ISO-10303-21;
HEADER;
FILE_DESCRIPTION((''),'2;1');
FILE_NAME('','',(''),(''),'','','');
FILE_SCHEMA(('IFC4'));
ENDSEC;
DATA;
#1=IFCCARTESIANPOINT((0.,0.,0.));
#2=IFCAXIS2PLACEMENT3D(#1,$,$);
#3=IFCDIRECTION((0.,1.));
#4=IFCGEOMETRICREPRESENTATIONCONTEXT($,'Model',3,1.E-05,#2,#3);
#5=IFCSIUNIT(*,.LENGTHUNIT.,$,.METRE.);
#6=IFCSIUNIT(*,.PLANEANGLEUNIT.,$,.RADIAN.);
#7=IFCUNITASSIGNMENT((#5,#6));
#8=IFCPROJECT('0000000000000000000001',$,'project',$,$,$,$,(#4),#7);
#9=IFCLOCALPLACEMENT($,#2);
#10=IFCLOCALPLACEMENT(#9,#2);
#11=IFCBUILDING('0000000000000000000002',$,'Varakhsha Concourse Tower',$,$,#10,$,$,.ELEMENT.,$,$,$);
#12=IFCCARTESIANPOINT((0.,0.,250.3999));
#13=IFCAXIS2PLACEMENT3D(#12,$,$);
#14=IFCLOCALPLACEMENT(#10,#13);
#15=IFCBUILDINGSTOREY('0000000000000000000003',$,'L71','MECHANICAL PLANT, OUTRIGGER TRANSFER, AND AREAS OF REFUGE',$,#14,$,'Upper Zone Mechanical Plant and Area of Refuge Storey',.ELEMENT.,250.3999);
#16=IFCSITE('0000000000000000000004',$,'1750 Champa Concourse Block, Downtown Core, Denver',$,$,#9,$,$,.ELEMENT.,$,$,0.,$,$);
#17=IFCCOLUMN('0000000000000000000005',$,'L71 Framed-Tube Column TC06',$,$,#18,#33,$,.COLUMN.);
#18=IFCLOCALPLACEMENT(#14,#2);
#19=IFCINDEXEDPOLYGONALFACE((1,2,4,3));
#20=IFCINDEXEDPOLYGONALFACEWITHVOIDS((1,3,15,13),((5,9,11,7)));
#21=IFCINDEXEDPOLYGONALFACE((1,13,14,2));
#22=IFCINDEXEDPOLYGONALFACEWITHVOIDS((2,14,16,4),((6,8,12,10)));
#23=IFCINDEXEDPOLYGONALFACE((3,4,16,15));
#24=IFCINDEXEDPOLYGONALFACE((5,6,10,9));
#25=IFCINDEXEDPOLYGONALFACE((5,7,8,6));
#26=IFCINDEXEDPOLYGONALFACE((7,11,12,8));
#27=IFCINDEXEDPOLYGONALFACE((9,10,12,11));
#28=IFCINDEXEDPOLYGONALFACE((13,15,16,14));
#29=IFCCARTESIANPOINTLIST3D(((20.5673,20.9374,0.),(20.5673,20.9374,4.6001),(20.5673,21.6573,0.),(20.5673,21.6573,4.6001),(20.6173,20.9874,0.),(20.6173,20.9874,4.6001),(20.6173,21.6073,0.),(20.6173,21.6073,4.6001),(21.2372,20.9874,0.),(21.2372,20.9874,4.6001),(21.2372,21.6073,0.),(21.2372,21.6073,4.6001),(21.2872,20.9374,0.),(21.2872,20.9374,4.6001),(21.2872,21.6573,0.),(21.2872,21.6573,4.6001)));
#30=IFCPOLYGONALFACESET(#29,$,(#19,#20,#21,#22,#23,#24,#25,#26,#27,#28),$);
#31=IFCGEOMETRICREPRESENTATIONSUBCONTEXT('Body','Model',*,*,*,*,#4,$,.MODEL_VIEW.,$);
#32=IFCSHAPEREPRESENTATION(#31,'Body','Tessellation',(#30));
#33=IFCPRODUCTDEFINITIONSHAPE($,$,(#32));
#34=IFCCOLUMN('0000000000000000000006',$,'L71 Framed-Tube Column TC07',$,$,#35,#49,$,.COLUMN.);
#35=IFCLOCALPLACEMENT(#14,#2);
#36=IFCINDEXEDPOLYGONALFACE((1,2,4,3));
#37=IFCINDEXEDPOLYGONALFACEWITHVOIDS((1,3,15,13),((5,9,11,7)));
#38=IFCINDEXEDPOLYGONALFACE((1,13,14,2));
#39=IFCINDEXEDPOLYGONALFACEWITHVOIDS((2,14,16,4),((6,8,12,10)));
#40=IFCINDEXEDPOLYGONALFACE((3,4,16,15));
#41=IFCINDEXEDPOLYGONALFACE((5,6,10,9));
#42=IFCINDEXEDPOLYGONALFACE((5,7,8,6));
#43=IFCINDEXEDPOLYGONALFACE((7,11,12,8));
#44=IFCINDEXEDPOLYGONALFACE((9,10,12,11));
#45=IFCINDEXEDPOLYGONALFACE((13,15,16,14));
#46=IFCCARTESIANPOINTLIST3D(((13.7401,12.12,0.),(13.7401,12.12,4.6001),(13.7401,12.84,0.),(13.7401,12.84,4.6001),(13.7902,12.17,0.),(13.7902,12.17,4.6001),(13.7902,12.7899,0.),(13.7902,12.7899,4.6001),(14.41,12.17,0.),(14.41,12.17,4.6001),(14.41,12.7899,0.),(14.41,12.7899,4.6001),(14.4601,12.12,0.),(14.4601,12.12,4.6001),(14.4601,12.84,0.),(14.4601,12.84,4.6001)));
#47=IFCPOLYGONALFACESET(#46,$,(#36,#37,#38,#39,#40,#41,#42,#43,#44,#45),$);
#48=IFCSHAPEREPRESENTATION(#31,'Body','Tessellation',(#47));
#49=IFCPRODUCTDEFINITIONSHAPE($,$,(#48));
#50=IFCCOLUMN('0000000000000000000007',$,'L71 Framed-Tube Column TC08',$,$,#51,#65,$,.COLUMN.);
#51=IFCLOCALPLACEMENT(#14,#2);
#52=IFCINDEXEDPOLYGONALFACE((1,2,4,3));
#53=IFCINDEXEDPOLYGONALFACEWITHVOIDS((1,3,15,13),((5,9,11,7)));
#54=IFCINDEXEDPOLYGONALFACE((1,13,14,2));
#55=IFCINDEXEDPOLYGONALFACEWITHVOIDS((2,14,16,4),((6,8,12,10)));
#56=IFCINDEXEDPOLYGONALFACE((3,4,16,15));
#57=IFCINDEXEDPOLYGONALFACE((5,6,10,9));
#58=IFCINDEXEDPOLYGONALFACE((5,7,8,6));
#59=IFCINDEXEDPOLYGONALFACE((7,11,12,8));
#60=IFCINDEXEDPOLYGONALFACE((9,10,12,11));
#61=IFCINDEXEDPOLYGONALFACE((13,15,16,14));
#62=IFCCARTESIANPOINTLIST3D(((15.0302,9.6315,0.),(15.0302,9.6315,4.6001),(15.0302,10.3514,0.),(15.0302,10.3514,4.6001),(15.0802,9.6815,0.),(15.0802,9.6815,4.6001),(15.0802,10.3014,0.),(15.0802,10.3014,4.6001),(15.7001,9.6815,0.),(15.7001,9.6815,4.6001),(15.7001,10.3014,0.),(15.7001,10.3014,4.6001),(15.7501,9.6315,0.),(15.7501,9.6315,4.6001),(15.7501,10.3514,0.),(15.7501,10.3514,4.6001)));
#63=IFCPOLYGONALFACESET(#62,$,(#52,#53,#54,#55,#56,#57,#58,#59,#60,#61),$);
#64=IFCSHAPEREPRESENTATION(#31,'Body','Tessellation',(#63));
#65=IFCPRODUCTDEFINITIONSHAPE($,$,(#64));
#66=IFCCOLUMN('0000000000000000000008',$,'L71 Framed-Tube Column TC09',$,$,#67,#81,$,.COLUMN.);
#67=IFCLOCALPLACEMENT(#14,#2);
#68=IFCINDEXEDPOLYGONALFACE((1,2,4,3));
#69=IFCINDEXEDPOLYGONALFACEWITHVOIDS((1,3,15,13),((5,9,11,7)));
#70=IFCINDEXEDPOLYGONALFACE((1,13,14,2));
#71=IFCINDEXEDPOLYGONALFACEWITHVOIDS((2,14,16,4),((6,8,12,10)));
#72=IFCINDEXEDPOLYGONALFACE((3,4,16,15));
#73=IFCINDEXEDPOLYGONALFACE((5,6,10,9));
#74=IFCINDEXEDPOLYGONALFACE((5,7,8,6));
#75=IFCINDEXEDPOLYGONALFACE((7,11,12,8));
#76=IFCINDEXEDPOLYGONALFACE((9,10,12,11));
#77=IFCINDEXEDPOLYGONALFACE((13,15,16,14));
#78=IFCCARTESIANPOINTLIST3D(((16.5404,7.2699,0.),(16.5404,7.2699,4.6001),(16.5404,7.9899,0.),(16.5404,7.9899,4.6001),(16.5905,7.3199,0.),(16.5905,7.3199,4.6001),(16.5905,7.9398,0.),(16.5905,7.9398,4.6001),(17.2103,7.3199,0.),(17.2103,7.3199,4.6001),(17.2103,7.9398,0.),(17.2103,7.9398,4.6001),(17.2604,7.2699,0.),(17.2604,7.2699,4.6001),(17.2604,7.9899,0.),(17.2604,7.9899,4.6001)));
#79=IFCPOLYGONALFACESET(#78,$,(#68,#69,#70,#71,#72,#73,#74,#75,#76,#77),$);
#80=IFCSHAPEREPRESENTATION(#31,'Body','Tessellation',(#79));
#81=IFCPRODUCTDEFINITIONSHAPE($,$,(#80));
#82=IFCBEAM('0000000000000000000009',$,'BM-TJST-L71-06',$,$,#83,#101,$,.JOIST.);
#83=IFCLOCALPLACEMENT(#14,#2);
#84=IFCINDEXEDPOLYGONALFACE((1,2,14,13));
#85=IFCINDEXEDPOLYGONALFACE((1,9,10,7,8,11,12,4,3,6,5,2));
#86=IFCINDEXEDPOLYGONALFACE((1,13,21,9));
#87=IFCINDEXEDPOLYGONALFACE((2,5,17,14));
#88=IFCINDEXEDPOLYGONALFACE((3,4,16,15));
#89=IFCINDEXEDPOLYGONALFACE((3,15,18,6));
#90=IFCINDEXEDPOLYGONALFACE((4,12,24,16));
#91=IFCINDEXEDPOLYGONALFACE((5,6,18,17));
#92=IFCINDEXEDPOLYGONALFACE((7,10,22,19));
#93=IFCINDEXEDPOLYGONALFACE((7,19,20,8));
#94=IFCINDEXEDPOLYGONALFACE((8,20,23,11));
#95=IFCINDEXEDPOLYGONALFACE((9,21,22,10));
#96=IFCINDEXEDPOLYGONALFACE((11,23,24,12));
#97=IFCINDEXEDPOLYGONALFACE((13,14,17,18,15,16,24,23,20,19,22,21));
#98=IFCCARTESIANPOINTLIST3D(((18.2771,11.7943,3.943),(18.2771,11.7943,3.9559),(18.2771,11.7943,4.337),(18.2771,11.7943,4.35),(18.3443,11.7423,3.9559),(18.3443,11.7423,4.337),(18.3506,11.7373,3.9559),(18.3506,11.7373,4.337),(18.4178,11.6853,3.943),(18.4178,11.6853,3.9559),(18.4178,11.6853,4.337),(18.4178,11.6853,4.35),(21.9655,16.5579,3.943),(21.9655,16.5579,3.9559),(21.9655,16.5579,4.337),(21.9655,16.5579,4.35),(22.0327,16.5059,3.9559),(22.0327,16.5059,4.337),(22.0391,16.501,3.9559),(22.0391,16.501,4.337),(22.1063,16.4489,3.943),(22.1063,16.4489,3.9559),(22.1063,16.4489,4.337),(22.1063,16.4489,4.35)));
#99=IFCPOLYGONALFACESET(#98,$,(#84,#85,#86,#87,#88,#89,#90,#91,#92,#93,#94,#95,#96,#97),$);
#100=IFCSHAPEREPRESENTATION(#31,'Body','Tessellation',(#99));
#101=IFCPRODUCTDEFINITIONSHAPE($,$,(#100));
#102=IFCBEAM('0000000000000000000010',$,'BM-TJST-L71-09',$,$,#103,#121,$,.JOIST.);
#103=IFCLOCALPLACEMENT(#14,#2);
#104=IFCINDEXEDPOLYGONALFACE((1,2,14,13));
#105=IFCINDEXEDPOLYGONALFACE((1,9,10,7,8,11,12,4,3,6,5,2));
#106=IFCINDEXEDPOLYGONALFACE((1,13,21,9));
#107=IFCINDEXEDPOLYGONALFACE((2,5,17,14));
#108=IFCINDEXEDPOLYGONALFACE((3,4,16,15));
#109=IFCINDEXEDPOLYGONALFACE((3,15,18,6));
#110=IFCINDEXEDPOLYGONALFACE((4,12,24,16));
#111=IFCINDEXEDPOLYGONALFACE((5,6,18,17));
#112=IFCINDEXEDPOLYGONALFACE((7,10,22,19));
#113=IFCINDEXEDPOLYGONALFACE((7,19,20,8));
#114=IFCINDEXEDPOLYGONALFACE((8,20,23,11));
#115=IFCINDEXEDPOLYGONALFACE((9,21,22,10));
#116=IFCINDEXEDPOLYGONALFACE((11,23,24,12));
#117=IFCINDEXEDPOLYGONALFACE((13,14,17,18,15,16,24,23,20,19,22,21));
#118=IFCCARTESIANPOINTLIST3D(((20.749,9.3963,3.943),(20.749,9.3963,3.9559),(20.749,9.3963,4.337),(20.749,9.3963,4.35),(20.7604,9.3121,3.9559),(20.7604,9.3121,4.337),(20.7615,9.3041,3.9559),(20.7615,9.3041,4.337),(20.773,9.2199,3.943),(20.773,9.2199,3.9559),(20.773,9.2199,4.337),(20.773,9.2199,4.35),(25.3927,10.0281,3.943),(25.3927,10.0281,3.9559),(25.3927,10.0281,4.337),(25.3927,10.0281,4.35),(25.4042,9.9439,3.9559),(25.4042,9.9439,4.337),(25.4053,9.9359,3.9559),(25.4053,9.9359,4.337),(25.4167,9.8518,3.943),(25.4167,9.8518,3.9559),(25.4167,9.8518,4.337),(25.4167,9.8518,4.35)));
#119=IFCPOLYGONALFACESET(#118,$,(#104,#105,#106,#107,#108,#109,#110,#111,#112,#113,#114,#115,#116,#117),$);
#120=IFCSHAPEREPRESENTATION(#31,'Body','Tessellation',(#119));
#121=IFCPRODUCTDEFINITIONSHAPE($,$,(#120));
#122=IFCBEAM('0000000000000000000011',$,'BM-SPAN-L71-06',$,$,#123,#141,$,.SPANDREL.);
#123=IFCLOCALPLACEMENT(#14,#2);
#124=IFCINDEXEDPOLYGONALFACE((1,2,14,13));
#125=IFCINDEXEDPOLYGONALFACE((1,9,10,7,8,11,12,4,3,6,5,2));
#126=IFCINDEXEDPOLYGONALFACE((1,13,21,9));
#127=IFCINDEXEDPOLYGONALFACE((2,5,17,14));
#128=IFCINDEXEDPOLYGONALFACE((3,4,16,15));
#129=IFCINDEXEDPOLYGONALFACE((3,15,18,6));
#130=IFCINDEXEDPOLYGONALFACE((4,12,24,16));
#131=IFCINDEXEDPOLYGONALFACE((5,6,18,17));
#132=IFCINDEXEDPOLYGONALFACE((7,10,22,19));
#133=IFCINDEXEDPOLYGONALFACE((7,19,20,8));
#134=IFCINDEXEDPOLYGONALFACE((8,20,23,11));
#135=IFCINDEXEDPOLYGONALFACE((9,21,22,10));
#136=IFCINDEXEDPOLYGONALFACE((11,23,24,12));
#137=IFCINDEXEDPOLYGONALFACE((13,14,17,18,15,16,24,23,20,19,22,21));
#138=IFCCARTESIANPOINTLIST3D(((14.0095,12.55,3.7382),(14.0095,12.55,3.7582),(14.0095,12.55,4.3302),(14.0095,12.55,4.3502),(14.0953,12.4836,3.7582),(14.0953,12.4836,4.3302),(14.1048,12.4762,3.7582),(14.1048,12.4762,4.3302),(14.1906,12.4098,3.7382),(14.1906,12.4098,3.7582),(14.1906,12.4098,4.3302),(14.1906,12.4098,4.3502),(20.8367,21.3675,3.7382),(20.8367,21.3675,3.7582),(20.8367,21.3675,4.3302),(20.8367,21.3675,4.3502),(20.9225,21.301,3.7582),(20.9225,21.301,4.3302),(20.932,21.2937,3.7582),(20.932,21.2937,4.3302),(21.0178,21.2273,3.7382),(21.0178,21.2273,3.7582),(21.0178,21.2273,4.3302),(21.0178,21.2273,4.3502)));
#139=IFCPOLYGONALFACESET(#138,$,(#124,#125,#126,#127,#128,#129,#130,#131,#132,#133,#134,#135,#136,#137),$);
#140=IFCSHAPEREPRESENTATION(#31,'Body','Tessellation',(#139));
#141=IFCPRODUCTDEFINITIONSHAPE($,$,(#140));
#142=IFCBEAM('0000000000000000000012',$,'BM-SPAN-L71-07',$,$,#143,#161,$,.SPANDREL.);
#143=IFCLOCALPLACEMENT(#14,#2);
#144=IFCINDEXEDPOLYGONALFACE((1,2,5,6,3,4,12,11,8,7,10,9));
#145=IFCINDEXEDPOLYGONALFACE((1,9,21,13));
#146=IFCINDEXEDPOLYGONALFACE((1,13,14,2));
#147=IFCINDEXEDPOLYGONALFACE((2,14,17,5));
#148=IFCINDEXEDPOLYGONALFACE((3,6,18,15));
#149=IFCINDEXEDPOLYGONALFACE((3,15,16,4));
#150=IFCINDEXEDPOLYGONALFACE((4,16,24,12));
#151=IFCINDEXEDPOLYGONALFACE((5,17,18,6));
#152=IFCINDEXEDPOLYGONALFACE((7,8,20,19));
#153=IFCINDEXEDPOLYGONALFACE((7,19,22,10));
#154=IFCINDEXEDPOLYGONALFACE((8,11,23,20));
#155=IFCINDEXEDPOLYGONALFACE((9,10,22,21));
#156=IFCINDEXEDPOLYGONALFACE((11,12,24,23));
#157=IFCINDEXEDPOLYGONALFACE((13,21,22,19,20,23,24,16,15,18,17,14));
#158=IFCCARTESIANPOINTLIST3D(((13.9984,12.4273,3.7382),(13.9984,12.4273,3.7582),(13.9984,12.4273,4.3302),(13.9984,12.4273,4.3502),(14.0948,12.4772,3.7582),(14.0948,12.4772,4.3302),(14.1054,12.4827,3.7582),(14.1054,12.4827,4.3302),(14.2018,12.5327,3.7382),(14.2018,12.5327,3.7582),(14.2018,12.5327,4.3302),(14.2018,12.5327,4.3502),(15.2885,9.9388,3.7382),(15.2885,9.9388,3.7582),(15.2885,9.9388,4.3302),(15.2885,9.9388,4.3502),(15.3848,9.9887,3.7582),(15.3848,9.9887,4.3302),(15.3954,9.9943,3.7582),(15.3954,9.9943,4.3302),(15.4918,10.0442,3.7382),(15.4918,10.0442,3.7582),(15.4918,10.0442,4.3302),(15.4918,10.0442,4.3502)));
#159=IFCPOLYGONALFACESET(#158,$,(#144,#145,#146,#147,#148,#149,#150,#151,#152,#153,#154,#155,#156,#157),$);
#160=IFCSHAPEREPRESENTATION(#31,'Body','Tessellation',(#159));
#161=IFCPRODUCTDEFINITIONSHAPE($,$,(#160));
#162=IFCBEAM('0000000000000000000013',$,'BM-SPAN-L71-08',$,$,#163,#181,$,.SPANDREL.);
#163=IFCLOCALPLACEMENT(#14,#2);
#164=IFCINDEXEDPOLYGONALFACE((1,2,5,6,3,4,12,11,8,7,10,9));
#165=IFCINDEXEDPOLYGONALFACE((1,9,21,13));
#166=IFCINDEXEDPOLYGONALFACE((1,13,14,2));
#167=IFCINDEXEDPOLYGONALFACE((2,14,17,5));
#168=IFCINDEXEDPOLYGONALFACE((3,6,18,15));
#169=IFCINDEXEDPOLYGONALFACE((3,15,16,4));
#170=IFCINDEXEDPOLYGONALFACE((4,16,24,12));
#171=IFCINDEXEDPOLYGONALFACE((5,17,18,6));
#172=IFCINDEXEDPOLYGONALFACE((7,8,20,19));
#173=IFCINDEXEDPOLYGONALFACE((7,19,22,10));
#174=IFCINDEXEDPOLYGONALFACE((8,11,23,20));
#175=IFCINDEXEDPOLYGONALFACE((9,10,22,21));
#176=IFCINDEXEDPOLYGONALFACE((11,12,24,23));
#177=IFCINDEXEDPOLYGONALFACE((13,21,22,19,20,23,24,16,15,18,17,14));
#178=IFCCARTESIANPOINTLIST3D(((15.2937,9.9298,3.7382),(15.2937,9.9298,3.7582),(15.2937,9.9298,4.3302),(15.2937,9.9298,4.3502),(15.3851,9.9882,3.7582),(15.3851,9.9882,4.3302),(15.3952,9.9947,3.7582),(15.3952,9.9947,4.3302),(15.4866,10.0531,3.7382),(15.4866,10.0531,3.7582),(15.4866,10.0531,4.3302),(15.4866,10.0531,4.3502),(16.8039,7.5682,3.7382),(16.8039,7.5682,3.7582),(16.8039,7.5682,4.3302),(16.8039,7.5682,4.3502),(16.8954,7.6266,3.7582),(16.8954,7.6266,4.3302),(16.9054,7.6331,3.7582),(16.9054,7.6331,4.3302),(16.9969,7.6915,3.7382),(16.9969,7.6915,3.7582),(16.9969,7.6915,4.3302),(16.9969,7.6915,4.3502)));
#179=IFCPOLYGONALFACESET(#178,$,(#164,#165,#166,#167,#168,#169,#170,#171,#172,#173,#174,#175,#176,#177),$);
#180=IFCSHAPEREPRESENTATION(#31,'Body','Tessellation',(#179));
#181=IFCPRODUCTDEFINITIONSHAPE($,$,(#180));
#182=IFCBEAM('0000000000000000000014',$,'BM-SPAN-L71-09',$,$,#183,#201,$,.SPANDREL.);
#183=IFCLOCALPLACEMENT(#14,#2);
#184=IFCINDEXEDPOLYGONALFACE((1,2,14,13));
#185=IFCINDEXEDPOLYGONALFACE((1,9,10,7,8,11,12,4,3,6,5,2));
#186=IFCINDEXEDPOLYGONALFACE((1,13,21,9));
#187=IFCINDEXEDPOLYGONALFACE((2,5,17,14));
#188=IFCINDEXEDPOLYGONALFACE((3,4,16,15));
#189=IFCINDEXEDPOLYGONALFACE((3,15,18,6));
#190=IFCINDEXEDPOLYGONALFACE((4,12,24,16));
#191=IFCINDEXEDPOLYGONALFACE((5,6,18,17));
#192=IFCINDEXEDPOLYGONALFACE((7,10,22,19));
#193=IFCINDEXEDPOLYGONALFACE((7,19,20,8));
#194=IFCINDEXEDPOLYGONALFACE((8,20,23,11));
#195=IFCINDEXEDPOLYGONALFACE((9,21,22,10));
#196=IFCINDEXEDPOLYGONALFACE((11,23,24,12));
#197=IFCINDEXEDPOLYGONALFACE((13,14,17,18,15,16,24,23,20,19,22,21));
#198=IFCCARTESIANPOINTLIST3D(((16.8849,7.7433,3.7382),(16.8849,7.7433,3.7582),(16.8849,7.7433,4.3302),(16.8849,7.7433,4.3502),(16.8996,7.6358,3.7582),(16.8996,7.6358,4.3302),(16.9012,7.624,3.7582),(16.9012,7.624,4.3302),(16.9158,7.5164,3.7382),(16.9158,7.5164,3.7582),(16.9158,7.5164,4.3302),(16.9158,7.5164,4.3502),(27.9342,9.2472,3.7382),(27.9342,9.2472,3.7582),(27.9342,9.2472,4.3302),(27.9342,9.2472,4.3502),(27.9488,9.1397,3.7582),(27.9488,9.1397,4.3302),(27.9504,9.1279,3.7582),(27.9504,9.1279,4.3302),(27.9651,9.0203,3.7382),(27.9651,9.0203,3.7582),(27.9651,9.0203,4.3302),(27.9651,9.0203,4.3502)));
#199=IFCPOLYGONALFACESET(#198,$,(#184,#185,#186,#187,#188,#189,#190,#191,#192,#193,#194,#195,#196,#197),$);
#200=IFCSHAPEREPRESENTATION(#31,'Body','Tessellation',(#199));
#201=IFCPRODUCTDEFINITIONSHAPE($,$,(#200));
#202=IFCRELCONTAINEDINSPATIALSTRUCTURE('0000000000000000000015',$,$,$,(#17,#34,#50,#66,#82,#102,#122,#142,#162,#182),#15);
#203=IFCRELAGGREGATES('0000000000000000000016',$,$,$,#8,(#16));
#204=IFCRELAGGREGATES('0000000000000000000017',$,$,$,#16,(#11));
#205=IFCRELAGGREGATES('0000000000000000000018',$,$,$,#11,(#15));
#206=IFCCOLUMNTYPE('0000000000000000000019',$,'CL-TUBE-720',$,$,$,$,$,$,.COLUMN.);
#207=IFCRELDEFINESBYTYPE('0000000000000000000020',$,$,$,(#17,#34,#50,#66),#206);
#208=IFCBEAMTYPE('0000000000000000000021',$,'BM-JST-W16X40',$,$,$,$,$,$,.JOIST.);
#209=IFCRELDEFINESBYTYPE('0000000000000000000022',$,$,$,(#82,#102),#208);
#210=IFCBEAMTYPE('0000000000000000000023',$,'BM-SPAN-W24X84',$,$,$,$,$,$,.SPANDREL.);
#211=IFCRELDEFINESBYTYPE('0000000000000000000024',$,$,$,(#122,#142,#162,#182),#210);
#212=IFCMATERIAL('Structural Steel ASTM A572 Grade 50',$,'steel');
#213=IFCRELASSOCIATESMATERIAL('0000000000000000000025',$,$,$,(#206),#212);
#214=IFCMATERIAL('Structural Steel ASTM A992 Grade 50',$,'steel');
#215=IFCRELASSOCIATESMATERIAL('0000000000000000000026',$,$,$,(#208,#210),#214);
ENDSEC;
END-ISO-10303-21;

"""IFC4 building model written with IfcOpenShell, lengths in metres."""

from ifc_helpers import new_model, si_unit, direction, frame, origin, origin_2d, place, context, subcontext, project, spatial, hollow_rectangle, i_section, extrude, material, material_profile, profile_set, type_object, element, save


model = new_model("IFC4")

# Units and contexts
model_context = context("Model", 3, precision=1e-05, world=origin(), true_north=direction((0.0, 1.0)))
body_context = subcontext(model_context, "Body", "Model", "MODEL_VIEW")
ifc_project = project(units=[si_unit("LENGTHUNIT", "METRE"), si_unit("PLANEANGLEUNIT", "RADIAN")], contexts=[model_context])

# Site, building, storey
site_placement = place(None, origin())
site = spatial("IfcSite", under=ifc_project, at=site_placement, Name="1750 Champa Concourse Block, Downtown Core, Denver", CompositionType="ELEMENT", RefElevation=0.0)
building_placement = place(site_placement, origin())
building = spatial("IfcBuilding", under=site, at=building_placement, Name="Varakhsha Concourse Tower", CompositionType="ELEMENT")
storey_placement = place(building_placement, frame((0.0, 0.0, 250.3999)))
storey = spatial("IfcBuildingStorey", under=building, at=storey_placement, Name="L71", Description="MECHANICAL PLANT, OUTRIGGER TRANSFER, AND AREAS OF REFUGE", LongName="Upper Zone Mechanical Plant and Area of Refuge Storey", CompositionType="ELEMENT", Elevation=250.3999)

# Columns
ifc_material_1 = material(Name="Structural Steel ASTM A572 Grade 50", Category="steel")
ifc_material_profile_1 = material_profile(ifc_material_1, hollow_rectangle(XDim=0.72, YDim=0.72, WallThickness=0.05, at=origin_2d()), Name="BOX 720x720x50")
ifc_profile_set_1 = profile_set([ifc_material_profile_1], Name="Structural Steel ASTM A572 Grade 50")
column_type = type_object("IfcColumnType", Name="CL-TUBE-720", PredefinedType="COLUMN", material=ifc_profile_set_1)
for number, where, z_axis, x_axis, name in (
    (1, (20.9272, 21.2974, 0.0), (0.0, 0.0, 1.0), (1.0, 0.0, 0.0), "L71 Framed-Tube Column TC06"),
    (2, (14.1001, 12.48, 0.0), (0.0, 0.0, 1.0), (1.0, 0.0, 0.0), "L71 Framed-Tube Column TC07"),
    (3, (15.3901, 9.9915, 0.0), (0.0, 0.0, 1.0), (1.0, 0.0, 0.0), "L71 Framed-Tube Column TC08"),
    (4, (16.9004, 7.6299, 0.0), (0.0, 0.0, 1.0), (1.0, 0.0, 0.0), "L71 Framed-Tube Column TC09"),
):
    element("IfcColumn", number, at=place(storey_placement, frame(where, z_axis=z_axis, x_axis=x_axis)), inside=storey, type_object=column_type, Name=name, PredefinedType="COLUMN", context=body_context, shape_type="SweptSolid", body=[
        extrude(hollow_rectangle(XDim=0.72, YDim=0.72, WallThickness=0.05, at=origin_2d()), origin(), (0.0, 0.0, 1.0), 4.6001),
    ])

# Beams
ifc_material_2 = material(Name="Structural Steel ASTM A992 Grade 50", Category="steel")
ifc_material_profile_2 = material_profile(ifc_material_2, i_section(OverallWidth=0.178, OverallDepth=0.407, WebThickness=0.0081, FlangeThickness=0.0129, at=origin_2d()), Name="W16X40")
ifc_profile_set_2 = profile_set([ifc_material_profile_2], Name="Structural Steel ASTM A992 Grade 50")
beam_type_1 = type_object("IfcBeamType", Name="BM-JST-W16X40", PredefinedType="JOIST", material=ifc_profile_set_2)
beam_1_placement = place(storey_placement, frame((22.0359, 16.5034, 4.1465), z_axis=(-0.612222, -0.790686, 0.0), x_axis=(0.790686, -0.612222, 0.0)))
element("IfcBeam", 5, at=beam_1_placement, inside=storey, type_object=beam_type_1, Name="BM-TJST-L71-06", PredefinedType="JOIST", context=body_context, shape_type="SweptSolid", body=[
    extrude(i_section(OverallWidth=0.178, OverallDepth=0.407, WebThickness=0.0081, FlangeThickness=0.0129, at=origin_2d()), origin(), (0.0, 0.0, 1.0), 6.0247),
])
beam_2_placement = place(storey_placement, frame((20.761, 9.3081, 4.1465), z_axis=(0.99087, 0.134818, 0.0), x_axis=(-0.134818, 0.99087, 0.0)))
element("IfcBeam", 6, at=beam_2_placement, inside=storey, type_object=beam_type_1, Name="BM-TJST-L71-09", PredefinedType="JOIST", context=body_context, shape_type="SweptSolid", body=[
    extrude(i_section(OverallWidth=0.178, OverallDepth=0.407, WebThickness=0.0081, FlangeThickness=0.0129, at=origin_2d()), origin(), (0.0, 0.0, 1.0), 4.6865),
])
ifc_material_profile_3 = material_profile(ifc_material_2, i_section(OverallWidth=0.229, OverallDepth=0.6121, WebThickness=0.012, FlangeThickness=0.02, at=origin_2d()), Name="W24X84")
ifc_profile_set_3 = profile_set([ifc_material_profile_3], Name="Structural Steel ASTM A992 Grade 50")
beam_type_2 = type_object("IfcBeamType", Name="BM-SPAN-W24X84", PredefinedType="SPANDREL", material=ifc_profile_set_3)
beam_3_placement = place(storey_placement, frame((20.9272, 21.2974, 4.0442), z_axis=(-0.612217, -0.79069, 0.0), x_axis=(0.79069, -0.612217, 0.0)))
element("IfcBeam", 7, at=beam_3_placement, inside=storey, type_object=beam_type_2, Name="BM-SPAN-L71-06", PredefinedType="SPANDREL", context=body_context, shape_type="SweptSolid", body=[
    extrude(i_section(OverallWidth=0.229, OverallDepth=0.6121, WebThickness=0.012, FlangeThickness=0.02, at=origin_2d()), origin(), (0.0, 0.0, 1.0), 11.1516),
])
beam_4_placement = place(storey_placement, frame((14.1001, 12.48, 4.0442), z_axis=(0.460231, -0.887799, 0.0), x_axis=(0.887799, 0.460231, 0.0)))
element("IfcBeam", 8, at=beam_4_placement, inside=storey, type_object=beam_type_2, Name="BM-SPAN-L71-07", PredefinedType="SPANDREL", context=body_context, shape_type="SweptSolid", body=[
    extrude(i_section(OverallWidth=0.229, OverallDepth=0.6121, WebThickness=0.012, FlangeThickness=0.02, at=origin_2d()), origin(), (0.0, 0.0, 1.0), 2.803),
])
beam_5_placement = place(storey_placement, frame((15.3901, 9.9915, 4.0442), z_axis=(0.538762, -0.842458, 0.0), x_axis=(0.842458, 0.538762, 0.0)))
element("IfcBeam", 9, at=beam_5_placement, inside=storey, type_object=beam_type_2, Name="BM-SPAN-L71-08", PredefinedType="SPANDREL", context=body_context, shape_type="SweptSolid", body=[
    extrude(i_section(OverallWidth=0.229, OverallDepth=0.6121, WebThickness=0.012, FlangeThickness=0.02, at=origin_2d()), origin(), (0.0, 0.0, 1.0), 2.8032),
])
beam_6_placement = place(storey_placement, frame((16.9004, 7.6299, 4.0442), z_axis=(0.990864, 0.134865, 0.0), x_axis=(-0.134865, 0.990864, 0.0)))
element("IfcBeam", 10, at=beam_6_placement, inside=storey, type_object=beam_type_2, Name="BM-SPAN-L71-09", PredefinedType="SPANDREL", context=body_context, shape_type="SweptSolid", body=[
    extrude(i_section(OverallWidth=0.229, OverallDepth=0.6121, WebThickness=0.012, FlangeThickness=0.02, at=origin_2d()), origin(), (0.0, 0.0, 1.0), 11.1511),
])

save(model, "model.ifc")
